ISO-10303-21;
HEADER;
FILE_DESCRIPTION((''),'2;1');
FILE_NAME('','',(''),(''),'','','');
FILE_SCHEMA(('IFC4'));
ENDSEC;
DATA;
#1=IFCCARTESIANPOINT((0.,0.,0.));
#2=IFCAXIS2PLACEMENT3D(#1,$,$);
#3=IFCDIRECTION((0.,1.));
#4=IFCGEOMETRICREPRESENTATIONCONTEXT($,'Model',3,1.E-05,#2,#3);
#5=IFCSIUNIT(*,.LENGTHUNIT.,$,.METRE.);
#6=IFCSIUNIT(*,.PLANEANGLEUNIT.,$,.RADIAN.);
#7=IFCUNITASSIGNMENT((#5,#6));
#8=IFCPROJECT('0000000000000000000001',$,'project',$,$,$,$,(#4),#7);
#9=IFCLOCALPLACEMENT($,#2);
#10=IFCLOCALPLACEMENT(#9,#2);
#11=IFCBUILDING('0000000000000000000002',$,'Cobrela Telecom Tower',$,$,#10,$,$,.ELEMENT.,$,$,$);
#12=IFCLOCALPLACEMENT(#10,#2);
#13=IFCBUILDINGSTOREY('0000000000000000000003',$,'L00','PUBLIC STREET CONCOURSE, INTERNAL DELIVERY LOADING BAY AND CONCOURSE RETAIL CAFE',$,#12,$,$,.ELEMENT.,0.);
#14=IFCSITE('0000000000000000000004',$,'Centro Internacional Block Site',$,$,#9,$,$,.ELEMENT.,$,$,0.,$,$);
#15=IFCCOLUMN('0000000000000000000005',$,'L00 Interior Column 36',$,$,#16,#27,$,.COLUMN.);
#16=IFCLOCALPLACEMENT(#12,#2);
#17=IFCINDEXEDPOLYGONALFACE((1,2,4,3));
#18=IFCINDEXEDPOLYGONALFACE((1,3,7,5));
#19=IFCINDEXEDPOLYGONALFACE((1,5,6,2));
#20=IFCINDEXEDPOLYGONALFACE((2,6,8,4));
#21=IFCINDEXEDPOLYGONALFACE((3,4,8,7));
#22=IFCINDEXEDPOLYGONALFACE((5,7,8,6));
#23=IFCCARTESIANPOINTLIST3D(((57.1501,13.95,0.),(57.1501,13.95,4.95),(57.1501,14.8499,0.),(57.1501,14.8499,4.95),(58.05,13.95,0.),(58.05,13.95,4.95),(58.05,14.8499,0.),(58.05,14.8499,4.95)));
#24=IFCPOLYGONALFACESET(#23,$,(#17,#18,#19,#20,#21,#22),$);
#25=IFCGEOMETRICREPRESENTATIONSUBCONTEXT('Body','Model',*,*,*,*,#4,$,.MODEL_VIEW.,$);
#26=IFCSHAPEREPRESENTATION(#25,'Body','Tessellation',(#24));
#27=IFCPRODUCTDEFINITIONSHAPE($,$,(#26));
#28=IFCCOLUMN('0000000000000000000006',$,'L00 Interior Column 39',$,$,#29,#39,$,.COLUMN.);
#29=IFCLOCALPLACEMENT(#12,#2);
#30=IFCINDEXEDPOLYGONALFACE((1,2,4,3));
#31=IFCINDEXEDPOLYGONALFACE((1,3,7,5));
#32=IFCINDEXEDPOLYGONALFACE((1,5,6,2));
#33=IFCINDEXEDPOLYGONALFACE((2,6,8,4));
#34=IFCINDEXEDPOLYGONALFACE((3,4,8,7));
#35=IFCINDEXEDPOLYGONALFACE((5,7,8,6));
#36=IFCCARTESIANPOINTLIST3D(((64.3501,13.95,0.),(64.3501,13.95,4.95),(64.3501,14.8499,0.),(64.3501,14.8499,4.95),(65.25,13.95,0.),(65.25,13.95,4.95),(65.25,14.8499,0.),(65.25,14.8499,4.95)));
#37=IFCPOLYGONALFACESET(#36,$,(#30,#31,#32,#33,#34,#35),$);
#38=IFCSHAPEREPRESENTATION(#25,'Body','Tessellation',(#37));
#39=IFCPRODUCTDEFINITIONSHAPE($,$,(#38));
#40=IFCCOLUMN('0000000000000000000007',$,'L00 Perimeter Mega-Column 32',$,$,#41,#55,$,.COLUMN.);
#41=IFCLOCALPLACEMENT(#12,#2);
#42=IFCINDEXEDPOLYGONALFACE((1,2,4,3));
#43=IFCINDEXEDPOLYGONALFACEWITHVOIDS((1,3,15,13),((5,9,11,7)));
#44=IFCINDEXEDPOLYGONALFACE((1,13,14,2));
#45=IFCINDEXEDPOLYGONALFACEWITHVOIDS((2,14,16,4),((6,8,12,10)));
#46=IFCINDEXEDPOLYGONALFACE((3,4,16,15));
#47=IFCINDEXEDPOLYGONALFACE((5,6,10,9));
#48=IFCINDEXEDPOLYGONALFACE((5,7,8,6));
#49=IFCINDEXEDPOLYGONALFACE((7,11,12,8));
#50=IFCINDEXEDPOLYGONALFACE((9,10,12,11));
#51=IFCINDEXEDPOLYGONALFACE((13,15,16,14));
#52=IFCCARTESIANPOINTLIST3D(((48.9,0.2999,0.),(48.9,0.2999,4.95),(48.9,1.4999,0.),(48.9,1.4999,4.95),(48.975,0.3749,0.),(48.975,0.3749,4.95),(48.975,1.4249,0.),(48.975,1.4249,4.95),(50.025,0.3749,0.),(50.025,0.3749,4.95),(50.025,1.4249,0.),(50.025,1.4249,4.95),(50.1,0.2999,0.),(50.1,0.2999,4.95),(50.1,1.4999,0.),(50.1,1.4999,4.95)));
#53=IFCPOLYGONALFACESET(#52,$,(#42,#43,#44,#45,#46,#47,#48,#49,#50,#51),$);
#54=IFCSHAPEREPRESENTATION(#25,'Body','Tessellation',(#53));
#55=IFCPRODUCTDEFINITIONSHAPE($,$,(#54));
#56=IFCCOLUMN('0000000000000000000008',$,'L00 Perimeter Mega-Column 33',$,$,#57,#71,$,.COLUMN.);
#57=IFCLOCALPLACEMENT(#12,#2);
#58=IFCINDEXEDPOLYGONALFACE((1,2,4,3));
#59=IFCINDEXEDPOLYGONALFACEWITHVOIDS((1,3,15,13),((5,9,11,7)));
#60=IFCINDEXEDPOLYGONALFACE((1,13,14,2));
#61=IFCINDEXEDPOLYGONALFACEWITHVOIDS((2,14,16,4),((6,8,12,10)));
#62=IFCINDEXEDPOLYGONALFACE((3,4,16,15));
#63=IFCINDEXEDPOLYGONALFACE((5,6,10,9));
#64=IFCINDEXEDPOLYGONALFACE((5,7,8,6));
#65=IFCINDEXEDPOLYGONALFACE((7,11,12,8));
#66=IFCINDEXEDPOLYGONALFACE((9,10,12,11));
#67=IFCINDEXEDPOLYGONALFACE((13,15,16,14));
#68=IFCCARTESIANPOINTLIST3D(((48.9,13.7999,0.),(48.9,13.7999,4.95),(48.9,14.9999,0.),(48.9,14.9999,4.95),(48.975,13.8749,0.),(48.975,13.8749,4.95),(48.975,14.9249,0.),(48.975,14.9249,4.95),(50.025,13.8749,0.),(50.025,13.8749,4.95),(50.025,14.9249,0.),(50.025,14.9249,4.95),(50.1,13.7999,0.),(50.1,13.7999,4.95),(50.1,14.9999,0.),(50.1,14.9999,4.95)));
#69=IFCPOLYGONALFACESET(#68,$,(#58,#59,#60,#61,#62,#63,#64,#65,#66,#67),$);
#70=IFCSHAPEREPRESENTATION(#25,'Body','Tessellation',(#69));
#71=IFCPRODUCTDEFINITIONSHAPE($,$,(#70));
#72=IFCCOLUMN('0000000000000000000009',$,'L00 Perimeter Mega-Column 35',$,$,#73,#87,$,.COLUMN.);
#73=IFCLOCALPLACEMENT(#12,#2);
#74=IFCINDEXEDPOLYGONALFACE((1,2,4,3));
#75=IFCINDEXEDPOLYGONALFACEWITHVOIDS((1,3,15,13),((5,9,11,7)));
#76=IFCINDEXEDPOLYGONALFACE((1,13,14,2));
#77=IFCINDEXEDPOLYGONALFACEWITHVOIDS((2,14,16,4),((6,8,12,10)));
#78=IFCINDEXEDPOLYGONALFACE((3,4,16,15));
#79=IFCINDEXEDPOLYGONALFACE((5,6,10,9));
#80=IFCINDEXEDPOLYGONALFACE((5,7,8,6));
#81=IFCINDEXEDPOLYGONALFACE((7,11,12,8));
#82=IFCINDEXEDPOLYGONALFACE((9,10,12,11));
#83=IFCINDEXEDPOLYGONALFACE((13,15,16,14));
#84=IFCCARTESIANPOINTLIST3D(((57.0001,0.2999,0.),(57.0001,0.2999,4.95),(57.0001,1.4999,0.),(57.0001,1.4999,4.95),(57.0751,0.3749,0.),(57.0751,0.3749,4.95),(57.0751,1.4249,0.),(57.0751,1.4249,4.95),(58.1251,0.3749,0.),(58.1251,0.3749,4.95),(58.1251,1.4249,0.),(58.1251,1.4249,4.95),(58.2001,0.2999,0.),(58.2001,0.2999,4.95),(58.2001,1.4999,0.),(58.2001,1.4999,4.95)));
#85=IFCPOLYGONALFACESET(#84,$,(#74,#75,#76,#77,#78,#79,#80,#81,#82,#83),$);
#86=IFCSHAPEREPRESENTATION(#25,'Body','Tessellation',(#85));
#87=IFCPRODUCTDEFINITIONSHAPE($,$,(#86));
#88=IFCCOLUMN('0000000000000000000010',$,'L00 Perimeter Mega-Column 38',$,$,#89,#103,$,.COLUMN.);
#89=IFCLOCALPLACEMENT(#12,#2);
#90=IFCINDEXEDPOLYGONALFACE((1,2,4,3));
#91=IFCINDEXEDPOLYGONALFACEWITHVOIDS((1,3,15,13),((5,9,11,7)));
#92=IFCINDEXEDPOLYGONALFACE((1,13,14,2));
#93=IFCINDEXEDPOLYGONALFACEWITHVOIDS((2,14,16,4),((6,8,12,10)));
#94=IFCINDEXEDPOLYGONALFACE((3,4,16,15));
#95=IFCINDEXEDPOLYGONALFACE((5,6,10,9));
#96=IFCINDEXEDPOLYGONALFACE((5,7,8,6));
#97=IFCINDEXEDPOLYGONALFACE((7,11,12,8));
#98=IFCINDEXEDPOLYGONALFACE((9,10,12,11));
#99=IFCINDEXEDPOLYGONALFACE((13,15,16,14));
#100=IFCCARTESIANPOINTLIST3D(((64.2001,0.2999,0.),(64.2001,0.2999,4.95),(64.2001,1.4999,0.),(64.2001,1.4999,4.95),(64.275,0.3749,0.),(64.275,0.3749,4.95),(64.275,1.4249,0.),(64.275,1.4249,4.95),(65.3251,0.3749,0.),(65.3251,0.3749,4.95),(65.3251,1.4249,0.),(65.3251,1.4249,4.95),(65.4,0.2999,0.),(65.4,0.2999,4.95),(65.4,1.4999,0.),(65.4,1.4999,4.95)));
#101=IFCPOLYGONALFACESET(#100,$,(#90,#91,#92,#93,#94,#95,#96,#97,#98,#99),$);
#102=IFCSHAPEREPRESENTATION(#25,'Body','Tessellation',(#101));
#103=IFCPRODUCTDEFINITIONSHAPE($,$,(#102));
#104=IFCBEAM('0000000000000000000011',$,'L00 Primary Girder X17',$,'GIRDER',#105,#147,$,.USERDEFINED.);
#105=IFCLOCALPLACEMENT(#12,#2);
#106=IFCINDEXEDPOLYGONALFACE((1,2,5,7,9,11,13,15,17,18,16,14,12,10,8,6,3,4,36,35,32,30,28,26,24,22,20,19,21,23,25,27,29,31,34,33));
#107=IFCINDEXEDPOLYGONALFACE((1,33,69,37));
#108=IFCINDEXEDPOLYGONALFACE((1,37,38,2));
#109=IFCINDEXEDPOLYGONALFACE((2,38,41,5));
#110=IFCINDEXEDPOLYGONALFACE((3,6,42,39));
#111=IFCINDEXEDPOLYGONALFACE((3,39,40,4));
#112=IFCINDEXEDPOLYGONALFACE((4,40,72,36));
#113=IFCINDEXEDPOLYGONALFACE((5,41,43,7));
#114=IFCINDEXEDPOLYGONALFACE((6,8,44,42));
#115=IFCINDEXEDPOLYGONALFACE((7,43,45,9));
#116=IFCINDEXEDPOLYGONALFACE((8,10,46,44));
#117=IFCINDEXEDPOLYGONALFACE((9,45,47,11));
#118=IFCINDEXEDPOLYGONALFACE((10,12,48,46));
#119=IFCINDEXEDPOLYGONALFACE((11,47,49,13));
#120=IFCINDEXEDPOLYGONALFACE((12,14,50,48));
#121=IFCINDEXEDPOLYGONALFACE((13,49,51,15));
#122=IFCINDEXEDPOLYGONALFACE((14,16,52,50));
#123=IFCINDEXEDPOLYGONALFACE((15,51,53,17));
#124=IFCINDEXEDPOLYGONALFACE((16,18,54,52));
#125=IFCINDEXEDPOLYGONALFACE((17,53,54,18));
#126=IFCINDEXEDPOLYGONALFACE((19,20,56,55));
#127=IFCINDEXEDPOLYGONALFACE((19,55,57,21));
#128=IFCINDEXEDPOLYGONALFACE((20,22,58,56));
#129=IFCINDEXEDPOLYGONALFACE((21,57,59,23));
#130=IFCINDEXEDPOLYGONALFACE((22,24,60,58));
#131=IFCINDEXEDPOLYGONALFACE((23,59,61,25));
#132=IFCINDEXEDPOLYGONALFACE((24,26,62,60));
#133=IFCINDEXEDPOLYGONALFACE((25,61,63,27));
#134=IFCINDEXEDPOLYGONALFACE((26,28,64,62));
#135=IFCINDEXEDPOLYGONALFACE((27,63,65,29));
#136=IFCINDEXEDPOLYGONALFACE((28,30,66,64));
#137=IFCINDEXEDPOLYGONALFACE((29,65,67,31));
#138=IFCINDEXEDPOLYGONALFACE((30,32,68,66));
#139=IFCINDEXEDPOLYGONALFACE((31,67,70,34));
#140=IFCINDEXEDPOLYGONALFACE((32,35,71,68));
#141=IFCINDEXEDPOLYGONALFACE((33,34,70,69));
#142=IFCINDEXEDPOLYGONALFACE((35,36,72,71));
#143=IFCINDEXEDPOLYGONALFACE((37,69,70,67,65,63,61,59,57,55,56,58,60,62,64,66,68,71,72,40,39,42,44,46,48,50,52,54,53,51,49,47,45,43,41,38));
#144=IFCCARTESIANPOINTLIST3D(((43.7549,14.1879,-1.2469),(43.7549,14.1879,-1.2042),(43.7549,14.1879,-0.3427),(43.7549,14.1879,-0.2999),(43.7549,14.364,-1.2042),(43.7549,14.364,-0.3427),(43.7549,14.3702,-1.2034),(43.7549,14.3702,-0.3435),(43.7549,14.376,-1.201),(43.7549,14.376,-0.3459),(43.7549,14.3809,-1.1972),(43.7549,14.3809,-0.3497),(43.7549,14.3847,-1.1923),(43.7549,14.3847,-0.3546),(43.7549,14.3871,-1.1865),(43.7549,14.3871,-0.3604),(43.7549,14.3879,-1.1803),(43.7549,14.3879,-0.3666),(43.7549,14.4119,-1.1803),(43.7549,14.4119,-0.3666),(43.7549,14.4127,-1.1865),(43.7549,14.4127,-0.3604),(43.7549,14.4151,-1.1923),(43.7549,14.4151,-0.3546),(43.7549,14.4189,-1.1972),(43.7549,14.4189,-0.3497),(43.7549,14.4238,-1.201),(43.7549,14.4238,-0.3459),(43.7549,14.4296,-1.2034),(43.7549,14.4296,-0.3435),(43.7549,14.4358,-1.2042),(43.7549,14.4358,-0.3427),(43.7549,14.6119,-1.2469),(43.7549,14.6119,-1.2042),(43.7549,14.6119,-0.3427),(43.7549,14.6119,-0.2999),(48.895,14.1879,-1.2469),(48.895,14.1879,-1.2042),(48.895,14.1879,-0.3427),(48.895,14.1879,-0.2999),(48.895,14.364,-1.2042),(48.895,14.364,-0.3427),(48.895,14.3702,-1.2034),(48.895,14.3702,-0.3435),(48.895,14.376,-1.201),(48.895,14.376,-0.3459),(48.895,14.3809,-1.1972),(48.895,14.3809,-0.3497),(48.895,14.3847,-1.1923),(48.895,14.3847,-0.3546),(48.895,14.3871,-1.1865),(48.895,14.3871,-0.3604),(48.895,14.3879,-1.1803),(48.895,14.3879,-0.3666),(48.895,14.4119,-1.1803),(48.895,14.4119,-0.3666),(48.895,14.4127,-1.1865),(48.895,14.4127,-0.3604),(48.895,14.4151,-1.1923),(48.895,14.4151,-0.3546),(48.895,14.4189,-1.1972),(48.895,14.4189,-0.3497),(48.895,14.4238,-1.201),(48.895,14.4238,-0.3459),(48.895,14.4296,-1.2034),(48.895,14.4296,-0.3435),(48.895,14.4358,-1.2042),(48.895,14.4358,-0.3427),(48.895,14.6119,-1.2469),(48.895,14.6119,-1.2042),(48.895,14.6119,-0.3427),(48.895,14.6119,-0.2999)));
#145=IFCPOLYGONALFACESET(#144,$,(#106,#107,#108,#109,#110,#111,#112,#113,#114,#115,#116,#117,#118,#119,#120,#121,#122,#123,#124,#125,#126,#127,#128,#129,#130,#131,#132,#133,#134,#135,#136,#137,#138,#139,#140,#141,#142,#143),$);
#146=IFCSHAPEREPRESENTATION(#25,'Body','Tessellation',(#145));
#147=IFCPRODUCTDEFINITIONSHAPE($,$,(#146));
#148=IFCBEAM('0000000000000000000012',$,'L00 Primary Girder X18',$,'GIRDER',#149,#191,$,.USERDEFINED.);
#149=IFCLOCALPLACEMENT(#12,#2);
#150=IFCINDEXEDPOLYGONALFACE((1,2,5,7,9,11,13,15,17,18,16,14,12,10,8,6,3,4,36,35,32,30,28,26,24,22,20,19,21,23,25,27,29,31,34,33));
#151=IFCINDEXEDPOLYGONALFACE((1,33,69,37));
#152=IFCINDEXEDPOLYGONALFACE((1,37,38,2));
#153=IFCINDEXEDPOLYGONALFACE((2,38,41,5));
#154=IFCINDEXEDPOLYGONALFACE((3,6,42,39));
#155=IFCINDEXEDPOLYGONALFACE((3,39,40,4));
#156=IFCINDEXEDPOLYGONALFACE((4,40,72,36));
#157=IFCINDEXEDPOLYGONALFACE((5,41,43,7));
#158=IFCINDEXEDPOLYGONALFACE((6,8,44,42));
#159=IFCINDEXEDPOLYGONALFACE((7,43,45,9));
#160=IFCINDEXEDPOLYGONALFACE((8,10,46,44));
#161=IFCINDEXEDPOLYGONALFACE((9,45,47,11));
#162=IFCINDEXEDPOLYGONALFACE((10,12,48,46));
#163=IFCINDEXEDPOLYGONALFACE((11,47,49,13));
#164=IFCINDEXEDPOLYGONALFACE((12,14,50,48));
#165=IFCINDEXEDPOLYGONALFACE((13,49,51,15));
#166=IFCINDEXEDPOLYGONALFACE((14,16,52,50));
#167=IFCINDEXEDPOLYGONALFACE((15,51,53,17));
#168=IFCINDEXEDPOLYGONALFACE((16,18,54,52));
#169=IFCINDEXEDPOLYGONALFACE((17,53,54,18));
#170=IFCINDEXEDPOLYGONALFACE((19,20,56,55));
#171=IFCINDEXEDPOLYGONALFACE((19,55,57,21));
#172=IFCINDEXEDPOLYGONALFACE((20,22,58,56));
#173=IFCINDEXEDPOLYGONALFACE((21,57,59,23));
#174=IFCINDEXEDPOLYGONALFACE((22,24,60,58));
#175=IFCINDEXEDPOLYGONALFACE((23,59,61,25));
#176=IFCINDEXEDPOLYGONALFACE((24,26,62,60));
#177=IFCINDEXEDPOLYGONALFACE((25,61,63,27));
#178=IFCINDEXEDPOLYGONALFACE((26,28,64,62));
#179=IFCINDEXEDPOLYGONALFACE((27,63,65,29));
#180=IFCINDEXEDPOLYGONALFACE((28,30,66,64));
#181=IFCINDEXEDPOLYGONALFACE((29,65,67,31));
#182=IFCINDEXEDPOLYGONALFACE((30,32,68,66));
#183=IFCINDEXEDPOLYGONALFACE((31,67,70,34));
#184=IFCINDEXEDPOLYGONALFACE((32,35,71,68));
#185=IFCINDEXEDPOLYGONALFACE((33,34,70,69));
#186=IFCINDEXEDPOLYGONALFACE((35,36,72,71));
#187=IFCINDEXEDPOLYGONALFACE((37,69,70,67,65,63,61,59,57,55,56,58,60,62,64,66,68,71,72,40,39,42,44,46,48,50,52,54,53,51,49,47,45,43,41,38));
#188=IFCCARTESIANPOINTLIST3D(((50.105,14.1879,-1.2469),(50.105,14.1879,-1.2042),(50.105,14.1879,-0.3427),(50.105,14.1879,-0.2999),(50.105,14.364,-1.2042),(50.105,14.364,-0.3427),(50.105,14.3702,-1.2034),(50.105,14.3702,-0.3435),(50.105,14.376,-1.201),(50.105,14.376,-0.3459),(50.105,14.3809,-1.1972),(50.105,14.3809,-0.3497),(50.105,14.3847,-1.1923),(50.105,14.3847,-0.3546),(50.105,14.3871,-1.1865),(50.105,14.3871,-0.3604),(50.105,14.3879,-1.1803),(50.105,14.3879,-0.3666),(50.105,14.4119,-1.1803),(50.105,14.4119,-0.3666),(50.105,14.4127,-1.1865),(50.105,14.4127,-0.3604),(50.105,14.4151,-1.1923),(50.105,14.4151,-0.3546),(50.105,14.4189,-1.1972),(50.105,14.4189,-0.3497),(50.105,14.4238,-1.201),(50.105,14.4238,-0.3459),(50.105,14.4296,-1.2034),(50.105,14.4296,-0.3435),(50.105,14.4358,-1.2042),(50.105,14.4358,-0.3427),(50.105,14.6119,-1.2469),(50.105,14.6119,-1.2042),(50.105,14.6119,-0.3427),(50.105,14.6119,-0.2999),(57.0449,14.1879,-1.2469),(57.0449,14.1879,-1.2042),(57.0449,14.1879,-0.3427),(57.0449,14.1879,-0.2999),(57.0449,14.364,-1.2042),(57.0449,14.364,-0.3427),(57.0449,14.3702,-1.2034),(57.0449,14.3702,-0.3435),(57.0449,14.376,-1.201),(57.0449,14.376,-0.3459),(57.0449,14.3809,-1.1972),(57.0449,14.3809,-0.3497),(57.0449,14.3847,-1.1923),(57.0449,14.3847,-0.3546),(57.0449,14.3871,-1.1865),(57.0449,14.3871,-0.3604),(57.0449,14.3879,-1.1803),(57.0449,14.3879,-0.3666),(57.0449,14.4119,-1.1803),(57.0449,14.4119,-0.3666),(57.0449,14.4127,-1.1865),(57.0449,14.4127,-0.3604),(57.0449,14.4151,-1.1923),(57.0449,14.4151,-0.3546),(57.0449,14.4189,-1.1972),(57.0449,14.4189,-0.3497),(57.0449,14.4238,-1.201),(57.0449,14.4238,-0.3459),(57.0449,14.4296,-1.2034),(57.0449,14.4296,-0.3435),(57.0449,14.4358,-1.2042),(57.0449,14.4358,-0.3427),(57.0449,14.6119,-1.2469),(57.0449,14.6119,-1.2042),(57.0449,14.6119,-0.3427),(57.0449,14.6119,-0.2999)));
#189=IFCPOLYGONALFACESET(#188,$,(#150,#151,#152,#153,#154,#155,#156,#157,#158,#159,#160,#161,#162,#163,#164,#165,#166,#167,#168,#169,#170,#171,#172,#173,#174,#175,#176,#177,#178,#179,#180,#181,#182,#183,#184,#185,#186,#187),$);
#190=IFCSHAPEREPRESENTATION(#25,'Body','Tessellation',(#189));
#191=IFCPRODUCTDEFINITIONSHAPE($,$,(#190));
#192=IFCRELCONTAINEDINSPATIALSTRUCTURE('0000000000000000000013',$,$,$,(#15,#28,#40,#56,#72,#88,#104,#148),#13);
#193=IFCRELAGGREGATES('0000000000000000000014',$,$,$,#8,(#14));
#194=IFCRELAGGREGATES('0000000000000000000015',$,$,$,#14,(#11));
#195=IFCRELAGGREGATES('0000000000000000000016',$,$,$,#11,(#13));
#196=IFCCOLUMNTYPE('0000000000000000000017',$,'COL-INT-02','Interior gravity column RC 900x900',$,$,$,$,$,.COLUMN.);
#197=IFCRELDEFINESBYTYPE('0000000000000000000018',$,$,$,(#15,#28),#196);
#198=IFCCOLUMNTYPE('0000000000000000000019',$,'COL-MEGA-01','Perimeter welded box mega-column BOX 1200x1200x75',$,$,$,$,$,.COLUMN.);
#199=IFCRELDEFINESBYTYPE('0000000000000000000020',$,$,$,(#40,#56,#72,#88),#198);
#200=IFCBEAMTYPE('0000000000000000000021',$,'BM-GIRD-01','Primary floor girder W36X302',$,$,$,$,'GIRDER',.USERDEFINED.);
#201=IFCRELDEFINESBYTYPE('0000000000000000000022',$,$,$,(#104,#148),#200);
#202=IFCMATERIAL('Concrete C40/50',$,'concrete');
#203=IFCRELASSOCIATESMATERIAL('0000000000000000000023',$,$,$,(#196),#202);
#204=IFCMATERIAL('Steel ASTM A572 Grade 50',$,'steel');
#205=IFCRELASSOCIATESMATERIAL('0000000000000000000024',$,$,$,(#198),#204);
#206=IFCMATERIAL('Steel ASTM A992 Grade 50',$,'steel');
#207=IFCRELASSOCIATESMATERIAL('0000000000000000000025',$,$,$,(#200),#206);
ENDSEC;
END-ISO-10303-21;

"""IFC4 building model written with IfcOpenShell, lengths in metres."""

from ifc_helpers import new_model, si_unit, direction, frame, origin, origin_2d, place, context, subcontext, project, spatial, rectangle, hollow_rectangle, i_section, extrude, material, material_profile, profile_set, type_object, element, save


model = new_model("IFC4")

# Units and contexts
model_context = context("Model", 3, precision=1e-05, world=origin(), true_north=direction((0.0, 1.0)))
body_context = subcontext(model_context, "Body", "Model", "MODEL_VIEW")
ifc_project = project(units=[si_unit("LENGTHUNIT", "METRE"), si_unit("PLANEANGLEUNIT", "RADIAN")], contexts=[model_context])

# Site, building, storey
site_placement = place(None, origin())
site = spatial("IfcSite", under=ifc_project, at=site_placement, Name="Centro Internacional Block Site", CompositionType="ELEMENT", RefElevation=0.0)
building_placement = place(site_placement, origin())
building = spatial("IfcBuilding", under=site, at=building_placement, Name="Cobrela Telecom Tower", CompositionType="ELEMENT")
storey_placement = place(building_placement, origin())
storey = spatial("IfcBuildingStorey", under=building, at=storey_placement, Name="L00", Description="PUBLIC STREET CONCOURSE, INTERNAL DELIVERY LOADING BAY AND CONCOURSE RETAIL CAFE", CompositionType="ELEMENT", Elevation=0.0)

# Columns
ifc_material_1 = material(Name="Concrete C40/50", Category="concrete")
ifc_material_profile_1 = material_profile(ifc_material_1, rectangle(XDim=0.8999, YDim=0.8999, at=origin_2d()), Name="RC 900x900")
ifc_profile_set_1 = profile_set([ifc_material_profile_1], Name="Concrete C40/50")
column_type_1 = type_object("IfcColumnType", Name="COL-INT-02", Description="Interior gravity column RC 900x900", PredefinedType="COLUMN", material=ifc_profile_set_1)
for number, where, z_axis, x_axis, name in (
    (1, (57.6001, 14.3999, 0.0), (0.0, 0.0, 1.0), (1.0, 0.0, 0.0), "L00 Interior Column 36"),
    (2, (64.8, 14.3999, 0.0), (0.0, 0.0, 1.0), (1.0, 0.0, 0.0), "L00 Interior Column 39"),
):
    element("IfcColumn", number, at=place(storey_placement, frame(where, z_axis=z_axis, x_axis=x_axis)), inside=storey, type_object=column_type_1, Name=name, PredefinedType="COLUMN", context=body_context, shape_type="SweptSolid", body=[
        extrude(rectangle(XDim=0.8999, YDim=0.8999, at=origin_2d()), origin(), (0.0, 0.0, 1.0), 4.95),
    ])
ifc_material_2 = material(Name="Steel ASTM A572 Grade 50", Category="steel")
ifc_material_profile_2 = material_profile(ifc_material_2, hollow_rectangle(XDim=1.2, YDim=1.2, WallThickness=0.075, at=origin_2d()), Name="BOX 1200x1200x75")
ifc_profile_set_2 = profile_set([ifc_material_profile_2], Name="Steel ASTM A572 Grade 50")
column_type_2 = type_object("IfcColumnType", Name="COL-MEGA-01", Description="Perimeter welded box mega-column BOX 1200x1200x75", PredefinedType="COLUMN", material=ifc_profile_set_2)
for number, where, z_axis, x_axis, name in (
    (3, (49.5, 0.8999, 0.0), (0.0, 0.0, 1.0), (1.0, 0.0, 0.0), "L00 Perimeter Mega-Column 32"),
    (4, (49.5, 14.3999, 0.0), (0.0, 0.0, 1.0), (1.0, 0.0, 0.0), "L00 Perimeter Mega-Column 33"),
    (5, (57.6001, 0.8999, 0.0), (0.0, 0.0, 1.0), (1.0, 0.0, 0.0), "L00 Perimeter Mega-Column 35"),
    (6, (64.8, 0.8999, 0.0), (0.0, 0.0, 1.0), (1.0, 0.0, 0.0), "L00 Perimeter Mega-Column 38"),
):
    element("IfcColumn", number, at=place(storey_placement, frame(where, z_axis=z_axis, x_axis=x_axis)), inside=storey, type_object=column_type_2, Name=name, PredefinedType="COLUMN", context=body_context, shape_type="SweptSolid", body=[
        extrude(hollow_rectangle(XDim=1.2, YDim=1.2, WallThickness=0.075, at=origin_2d()), origin(), (0.0, 0.0, 1.0), 4.95),
    ])

# Beams
ifc_material_3 = material(Name="Steel ASTM A992 Grade 50", Category="steel")
ifc_material_profile_3 = material_profile(ifc_material_3, i_section(OverallWidth=0.4241, OverallDepth=0.947, WebThickness=0.0239, FlangeThickness=0.0427, FilletRadius=0.0239, at=origin_2d()), Name="W36X302")
ifc_profile_set_3 = profile_set([ifc_material_profile_3], Name="Steel ASTM A992 Grade 50")
beam_type_1 = type_object("IfcBeamType", Name="BM-GIRD-01", Description="Primary floor girder W36X302", ElementType="GIRDER", PredefinedType="USERDEFINED", material=ifc_profile_set_3)
beam_1_placement = place(storey_placement, frame((43.7549, 14.3999, -0.7734), z_axis=(1.0, 0.0, 0.0), x_axis=(0.0, 1.0, 0.0)))
element("IfcBeam", 7, at=beam_1_placement, inside=storey, type_object=beam_type_1, Name="L00 Primary Girder X17", ObjectType="GIRDER", PredefinedType="USERDEFINED", context=body_context, shape_type="SweptSolid", body=[
    extrude(i_section(OverallWidth=0.4241, OverallDepth=0.947, WebThickness=0.0239, FlangeThickness=0.0427, FilletRadius=0.0239, at=origin_2d()), origin(), (0.0, 0.0, 1.0), 5.1401),
])
beam_2_placement = place(storey_placement, frame((50.105, 14.3999, -0.7734), z_axis=(1.0, 0.0, 0.0), x_axis=(0.0, 1.0, 0.0)))
element("IfcBeam", 8, at=beam_2_placement, inside=storey, type_object=beam_type_1, Name="L00 Primary Girder X18", ObjectType="GIRDER", PredefinedType="USERDEFINED", context=body_context, shape_type="SweptSolid", body=[
    extrude(i_section(OverallWidth=0.4241, OverallDepth=0.947, WebThickness=0.0239, FlangeThickness=0.0427, FilletRadius=0.0239, at=origin_2d()), origin(), (0.0, 0.0, 1.0), 6.9399),
])

save(model, "model.ifc")
